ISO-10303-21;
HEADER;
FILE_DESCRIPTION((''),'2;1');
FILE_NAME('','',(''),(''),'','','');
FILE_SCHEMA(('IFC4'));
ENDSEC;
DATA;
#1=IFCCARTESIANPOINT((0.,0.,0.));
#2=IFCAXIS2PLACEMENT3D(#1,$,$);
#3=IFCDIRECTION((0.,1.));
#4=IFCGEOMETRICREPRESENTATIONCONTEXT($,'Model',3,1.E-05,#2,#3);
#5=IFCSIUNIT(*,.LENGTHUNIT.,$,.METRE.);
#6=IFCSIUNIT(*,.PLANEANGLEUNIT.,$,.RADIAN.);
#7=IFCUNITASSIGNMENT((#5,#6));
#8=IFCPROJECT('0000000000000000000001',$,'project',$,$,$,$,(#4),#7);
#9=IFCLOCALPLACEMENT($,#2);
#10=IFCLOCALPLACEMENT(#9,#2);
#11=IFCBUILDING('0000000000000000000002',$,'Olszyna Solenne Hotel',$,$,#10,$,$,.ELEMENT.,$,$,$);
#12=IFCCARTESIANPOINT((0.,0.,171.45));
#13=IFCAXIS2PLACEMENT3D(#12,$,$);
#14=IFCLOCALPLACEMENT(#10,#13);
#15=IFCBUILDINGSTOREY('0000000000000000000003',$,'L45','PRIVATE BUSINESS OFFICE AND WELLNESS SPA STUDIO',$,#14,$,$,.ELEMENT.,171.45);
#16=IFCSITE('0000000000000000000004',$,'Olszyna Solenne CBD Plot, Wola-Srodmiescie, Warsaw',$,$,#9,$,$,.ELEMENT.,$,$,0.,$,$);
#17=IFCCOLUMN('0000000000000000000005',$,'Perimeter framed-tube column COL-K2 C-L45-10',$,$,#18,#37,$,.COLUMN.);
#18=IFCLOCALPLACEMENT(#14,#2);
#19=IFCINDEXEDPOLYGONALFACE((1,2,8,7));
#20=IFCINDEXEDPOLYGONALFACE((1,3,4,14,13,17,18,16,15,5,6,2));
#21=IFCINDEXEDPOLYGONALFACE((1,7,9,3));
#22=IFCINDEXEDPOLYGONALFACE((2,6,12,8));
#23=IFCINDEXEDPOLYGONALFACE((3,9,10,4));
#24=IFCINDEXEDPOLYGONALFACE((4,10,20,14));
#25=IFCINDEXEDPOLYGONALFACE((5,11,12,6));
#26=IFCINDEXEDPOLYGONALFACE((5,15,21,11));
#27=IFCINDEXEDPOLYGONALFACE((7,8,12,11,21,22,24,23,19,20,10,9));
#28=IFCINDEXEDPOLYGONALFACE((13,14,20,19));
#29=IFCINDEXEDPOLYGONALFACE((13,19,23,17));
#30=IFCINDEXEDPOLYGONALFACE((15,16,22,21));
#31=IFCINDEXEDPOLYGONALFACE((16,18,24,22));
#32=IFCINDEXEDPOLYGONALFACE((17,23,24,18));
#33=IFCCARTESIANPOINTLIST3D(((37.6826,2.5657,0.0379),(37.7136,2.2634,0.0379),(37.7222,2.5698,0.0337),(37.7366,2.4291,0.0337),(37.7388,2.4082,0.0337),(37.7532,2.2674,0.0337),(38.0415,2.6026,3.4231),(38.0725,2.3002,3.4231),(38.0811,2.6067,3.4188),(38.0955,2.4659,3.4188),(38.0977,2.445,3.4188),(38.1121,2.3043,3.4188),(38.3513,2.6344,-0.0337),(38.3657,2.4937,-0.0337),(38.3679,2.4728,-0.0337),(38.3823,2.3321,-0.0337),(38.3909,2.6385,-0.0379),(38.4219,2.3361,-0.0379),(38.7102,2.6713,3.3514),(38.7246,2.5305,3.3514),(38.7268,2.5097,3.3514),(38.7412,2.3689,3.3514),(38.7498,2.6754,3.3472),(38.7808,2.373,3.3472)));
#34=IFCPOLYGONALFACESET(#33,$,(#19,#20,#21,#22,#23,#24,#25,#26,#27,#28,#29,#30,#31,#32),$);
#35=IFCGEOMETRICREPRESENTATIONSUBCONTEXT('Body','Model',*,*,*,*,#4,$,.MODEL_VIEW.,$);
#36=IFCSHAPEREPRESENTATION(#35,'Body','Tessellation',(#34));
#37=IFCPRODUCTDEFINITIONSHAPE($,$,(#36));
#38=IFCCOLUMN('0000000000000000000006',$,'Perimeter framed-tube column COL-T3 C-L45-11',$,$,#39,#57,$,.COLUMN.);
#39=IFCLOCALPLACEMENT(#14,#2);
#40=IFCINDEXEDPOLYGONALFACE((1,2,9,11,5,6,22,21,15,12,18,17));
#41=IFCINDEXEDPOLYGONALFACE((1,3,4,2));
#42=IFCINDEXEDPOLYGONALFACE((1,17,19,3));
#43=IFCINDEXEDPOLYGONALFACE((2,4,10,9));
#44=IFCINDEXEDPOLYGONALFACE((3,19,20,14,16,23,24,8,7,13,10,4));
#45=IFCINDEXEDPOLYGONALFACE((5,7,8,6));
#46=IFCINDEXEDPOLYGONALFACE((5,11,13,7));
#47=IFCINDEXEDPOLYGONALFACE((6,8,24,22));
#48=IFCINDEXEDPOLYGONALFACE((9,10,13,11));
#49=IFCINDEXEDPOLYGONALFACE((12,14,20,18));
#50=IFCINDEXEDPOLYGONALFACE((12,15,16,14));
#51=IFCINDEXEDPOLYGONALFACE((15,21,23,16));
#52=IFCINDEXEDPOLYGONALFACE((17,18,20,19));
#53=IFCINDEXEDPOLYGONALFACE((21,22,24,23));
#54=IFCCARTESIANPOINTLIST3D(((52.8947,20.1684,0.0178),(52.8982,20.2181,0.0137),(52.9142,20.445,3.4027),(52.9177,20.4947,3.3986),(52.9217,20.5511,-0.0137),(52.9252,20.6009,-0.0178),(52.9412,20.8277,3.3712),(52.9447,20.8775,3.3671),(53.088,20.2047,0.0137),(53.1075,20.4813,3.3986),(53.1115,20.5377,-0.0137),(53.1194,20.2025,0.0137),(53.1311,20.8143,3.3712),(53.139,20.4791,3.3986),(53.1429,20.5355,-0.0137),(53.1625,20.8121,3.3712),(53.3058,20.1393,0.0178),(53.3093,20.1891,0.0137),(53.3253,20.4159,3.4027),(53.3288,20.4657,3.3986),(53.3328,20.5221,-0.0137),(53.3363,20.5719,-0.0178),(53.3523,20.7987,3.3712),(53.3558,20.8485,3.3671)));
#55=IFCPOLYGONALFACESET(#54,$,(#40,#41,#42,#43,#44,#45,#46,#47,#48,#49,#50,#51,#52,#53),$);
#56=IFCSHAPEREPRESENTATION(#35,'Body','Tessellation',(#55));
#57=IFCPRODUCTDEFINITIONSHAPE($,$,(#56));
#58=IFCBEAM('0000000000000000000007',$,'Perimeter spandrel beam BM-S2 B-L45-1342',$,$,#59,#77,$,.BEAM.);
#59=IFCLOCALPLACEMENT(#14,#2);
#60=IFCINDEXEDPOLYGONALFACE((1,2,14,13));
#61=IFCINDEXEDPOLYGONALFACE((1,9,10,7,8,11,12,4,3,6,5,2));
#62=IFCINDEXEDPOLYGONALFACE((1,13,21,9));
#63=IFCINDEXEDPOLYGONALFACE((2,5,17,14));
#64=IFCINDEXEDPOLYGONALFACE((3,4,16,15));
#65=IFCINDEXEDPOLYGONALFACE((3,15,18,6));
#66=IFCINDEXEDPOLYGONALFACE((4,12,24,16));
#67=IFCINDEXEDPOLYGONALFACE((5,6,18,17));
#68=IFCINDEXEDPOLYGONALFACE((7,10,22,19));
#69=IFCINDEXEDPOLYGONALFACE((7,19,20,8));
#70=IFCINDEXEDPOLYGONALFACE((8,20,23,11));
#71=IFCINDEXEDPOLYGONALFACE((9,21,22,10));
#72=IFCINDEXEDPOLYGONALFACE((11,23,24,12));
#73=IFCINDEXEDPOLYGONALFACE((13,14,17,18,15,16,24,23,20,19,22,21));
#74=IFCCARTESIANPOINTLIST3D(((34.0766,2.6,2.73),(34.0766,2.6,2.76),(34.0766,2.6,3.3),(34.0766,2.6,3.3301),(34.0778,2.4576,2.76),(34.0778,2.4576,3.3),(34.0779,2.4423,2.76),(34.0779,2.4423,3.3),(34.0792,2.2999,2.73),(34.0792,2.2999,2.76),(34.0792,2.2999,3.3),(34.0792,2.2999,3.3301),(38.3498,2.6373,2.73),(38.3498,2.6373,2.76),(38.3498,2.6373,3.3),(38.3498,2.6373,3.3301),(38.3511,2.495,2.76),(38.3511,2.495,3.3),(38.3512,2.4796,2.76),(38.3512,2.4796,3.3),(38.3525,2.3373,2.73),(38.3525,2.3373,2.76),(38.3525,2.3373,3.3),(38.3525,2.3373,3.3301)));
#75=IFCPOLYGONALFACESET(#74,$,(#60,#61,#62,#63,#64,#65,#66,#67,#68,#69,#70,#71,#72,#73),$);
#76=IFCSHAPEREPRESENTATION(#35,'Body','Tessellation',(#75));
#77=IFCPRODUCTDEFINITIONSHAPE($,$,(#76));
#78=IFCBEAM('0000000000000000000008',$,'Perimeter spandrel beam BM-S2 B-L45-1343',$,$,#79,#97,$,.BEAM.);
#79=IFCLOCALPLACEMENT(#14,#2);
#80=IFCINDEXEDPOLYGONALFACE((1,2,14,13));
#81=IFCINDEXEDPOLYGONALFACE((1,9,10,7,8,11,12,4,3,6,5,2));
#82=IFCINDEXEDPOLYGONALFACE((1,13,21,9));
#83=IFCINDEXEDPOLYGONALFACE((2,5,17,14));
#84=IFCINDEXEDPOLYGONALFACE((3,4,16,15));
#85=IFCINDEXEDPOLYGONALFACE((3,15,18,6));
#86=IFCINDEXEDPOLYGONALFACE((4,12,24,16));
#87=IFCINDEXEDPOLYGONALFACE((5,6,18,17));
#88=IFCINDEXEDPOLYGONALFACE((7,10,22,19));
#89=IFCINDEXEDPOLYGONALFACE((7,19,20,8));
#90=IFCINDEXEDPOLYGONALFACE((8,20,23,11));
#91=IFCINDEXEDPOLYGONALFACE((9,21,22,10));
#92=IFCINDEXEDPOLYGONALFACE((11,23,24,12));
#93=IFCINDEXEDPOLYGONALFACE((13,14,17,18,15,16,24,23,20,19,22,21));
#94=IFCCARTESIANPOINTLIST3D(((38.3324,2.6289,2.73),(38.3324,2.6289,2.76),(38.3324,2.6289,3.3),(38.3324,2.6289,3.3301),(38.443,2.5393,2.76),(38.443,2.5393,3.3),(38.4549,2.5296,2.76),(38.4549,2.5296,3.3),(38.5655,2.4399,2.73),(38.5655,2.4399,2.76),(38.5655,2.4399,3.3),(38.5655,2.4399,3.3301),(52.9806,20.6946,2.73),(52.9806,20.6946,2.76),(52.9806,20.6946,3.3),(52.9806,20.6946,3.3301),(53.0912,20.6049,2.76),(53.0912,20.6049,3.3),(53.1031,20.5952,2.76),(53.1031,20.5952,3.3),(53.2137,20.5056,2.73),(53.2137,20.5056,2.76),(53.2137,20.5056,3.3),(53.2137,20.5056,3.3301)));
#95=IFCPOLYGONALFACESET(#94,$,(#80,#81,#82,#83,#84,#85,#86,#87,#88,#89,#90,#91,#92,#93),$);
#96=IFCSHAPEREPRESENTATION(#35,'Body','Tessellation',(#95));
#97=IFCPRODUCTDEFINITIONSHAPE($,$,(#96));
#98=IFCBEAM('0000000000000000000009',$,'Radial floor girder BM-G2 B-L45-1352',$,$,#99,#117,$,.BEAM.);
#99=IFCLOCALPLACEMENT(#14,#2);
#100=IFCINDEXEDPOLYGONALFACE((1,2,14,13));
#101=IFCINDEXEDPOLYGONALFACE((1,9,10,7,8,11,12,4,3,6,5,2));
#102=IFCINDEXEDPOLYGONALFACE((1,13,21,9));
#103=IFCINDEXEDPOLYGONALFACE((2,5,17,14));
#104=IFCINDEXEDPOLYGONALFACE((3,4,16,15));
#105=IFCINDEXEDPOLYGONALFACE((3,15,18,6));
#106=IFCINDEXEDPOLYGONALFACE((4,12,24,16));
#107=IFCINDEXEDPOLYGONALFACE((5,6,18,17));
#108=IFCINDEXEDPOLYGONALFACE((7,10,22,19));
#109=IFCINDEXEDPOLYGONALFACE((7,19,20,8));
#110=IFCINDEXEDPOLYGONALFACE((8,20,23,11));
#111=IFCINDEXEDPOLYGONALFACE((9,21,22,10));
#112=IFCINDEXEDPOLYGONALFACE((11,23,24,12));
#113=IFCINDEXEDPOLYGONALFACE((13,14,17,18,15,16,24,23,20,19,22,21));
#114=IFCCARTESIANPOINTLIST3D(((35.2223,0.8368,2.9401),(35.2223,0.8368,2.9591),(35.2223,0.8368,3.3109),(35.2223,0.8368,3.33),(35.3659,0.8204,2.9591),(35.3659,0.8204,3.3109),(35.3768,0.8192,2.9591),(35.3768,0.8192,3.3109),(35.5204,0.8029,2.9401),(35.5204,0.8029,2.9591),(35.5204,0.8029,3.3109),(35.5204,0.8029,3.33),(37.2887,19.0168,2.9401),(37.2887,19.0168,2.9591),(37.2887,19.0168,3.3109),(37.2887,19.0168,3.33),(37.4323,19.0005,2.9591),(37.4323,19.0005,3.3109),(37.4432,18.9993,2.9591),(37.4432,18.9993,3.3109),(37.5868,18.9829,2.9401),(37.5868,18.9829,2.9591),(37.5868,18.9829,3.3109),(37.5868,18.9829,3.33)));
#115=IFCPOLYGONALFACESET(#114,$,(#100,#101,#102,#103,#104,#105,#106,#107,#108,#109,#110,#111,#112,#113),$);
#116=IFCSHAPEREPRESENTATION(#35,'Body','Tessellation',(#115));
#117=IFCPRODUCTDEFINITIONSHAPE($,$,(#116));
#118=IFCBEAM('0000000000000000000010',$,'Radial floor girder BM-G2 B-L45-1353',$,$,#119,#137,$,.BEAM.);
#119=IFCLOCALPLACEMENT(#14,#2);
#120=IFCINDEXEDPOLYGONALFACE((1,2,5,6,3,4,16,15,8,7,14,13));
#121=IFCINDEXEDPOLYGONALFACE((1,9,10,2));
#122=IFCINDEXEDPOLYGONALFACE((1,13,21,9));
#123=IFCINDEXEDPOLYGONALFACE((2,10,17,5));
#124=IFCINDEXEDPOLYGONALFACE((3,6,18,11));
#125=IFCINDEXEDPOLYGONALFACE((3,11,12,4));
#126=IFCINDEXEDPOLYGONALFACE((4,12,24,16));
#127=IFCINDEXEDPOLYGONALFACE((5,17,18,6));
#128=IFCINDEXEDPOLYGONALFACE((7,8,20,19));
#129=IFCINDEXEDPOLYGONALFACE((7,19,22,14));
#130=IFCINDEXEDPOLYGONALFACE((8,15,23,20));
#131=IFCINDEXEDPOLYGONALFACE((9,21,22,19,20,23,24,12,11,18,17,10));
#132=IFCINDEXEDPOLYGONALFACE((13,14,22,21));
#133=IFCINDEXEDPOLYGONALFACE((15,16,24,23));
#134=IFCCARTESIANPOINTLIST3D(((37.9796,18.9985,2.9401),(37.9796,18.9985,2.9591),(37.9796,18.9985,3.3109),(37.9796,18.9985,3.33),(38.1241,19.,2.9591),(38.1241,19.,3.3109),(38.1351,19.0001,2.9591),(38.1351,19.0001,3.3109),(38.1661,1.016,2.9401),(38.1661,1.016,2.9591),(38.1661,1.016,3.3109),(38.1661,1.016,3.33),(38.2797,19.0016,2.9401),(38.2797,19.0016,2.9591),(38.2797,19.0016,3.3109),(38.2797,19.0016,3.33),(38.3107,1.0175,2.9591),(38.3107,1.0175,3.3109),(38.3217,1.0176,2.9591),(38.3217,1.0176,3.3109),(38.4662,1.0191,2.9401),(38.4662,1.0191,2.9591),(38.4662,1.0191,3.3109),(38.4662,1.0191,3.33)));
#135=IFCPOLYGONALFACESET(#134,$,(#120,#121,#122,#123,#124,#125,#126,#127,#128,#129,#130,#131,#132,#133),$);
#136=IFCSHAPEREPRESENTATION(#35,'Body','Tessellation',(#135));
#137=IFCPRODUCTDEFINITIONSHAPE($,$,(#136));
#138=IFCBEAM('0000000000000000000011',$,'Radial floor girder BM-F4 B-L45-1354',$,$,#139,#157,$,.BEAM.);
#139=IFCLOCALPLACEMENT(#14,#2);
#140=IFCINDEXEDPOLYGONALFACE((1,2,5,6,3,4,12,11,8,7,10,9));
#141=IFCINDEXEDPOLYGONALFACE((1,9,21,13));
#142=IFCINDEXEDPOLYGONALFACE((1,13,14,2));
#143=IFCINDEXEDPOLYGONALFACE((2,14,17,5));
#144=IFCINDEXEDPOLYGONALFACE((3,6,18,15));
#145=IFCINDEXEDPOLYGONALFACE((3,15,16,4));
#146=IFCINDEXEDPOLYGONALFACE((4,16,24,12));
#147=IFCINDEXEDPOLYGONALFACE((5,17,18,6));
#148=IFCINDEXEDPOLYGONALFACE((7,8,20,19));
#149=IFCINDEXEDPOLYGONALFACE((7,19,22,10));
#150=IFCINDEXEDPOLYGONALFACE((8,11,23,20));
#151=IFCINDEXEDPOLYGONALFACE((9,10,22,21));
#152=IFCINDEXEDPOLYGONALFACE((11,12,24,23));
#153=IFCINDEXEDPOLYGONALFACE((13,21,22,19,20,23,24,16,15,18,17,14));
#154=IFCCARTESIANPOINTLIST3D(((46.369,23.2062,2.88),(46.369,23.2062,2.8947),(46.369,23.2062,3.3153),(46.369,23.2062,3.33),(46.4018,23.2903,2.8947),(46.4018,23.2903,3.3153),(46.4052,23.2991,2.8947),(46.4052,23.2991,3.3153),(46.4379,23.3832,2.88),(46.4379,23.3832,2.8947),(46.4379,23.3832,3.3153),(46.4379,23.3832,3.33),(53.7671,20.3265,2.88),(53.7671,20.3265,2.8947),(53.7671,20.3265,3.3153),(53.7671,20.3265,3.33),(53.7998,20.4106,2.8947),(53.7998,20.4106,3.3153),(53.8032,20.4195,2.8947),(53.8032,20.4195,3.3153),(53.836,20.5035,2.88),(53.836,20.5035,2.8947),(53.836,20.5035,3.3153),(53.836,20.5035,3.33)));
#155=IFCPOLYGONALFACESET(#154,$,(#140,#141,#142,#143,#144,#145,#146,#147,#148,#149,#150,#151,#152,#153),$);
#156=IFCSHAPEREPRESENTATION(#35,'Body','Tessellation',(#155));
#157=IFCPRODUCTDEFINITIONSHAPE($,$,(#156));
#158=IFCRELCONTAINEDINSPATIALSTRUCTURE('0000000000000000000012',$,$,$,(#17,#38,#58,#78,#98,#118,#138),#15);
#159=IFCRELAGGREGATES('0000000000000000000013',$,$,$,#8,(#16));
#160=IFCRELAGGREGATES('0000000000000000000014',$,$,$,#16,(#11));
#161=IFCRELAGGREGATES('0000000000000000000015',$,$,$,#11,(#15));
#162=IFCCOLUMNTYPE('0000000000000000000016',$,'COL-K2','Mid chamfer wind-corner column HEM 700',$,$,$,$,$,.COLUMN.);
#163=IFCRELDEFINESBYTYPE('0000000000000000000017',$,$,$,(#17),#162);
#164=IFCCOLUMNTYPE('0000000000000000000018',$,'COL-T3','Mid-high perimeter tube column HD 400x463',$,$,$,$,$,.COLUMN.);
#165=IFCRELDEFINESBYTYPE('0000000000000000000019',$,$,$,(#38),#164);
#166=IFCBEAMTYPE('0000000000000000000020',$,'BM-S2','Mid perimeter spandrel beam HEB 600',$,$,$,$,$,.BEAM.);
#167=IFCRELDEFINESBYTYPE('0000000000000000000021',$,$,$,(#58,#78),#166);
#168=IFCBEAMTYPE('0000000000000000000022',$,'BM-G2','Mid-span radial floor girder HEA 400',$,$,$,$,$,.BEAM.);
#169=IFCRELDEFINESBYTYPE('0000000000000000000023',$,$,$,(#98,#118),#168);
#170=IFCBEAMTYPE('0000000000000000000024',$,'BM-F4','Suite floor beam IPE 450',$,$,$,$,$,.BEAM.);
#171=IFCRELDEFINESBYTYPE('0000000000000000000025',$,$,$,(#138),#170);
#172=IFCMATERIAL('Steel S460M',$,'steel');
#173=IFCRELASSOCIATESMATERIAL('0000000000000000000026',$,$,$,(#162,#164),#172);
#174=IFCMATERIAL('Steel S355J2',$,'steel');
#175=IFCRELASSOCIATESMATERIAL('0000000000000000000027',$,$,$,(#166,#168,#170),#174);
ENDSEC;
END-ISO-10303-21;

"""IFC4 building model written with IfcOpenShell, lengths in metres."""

from ifc_helpers import new_model, si_unit, direction, frame, origin, origin_2d, place, context, subcontext, project, spatial, i_section, extrude, source, transform, mapped, material, material_profile, profile_set, type_object, element, save


model = new_model("IFC4")

# Units and contexts
model_context = context("Model", 3, precision=1e-05, world=origin(), true_north=direction((0.0, 1.0)))
body_context = subcontext(model_context, "Body", "Model", "MODEL_VIEW")
ifc_project = project(units=[si_unit("LENGTHUNIT", "METRE"), si_unit("PLANEANGLEUNIT", "RADIAN")], contexts=[model_context])

# Site, building, storey
site_placement = place(None, origin())
site = spatial("IfcSite", under=ifc_project, at=site_placement, Name="Olszyna Solenne CBD Plot, Wola-Srodmiescie, Warsaw", CompositionType="ELEMENT", RefElevation=0.0)
building_placement = place(site_placement, origin())
building = spatial("IfcBuilding", under=site, at=building_placement, Name="Olszyna Solenne Hotel", CompositionType="ELEMENT")
storey_placement = place(building_placement, frame((0.0, 0.0, 171.45)))
storey = spatial("IfcBuildingStorey", under=building, at=storey_placement, Name="L45", Description="PRIVATE BUSINESS OFFICE AND WELLNESS SPA STUDIO", CompositionType="ELEMENT", Elevation=171.45)

# Columns
ifc_material_1 = material(Name="Steel S460M", Category="steel")
ifc_material_profile_1 = material_profile(ifc_material_1, i_section(OverallWidth=0.304, OverallDepth=0.7161, WebThickness=0.021, FlangeThickness=0.04, at=origin_2d()), Name="HEM 700", Category="load-bearing")
ifc_profile_set_1 = profile_set([ifc_material_profile_1], Name="Steel S460M")
column_type_1 = type_object("IfcColumnType", Name="COL-K2", Description="Mid chamfer wind-corner column HEM 700", PredefinedType="COLUMN", material=ifc_profile_set_1)
shared_shape_1 = source(origin(), body_context, "Body", "SweptSolid", [
    extrude(i_section(OverallWidth=0.304, OverallDepth=0.7161, WebThickness=0.021, FlangeThickness=0.04, at=origin_2d()), origin(), (0.0, 0.0, 1.0), 3.4043),
])
column_1_placement = place(storey_placement, frame((38.0522, 2.4509, 0.0), z_axis=(0.105425, 0.010829, 0.994368), x_axis=(-0.102183, 0.994766, 0.0)))
element("IfcColumn", 1, at=column_1_placement, inside=storey, type_object=column_type_1, Name="Perimeter framed-tube column COL-K2 C-L45-10", PredefinedType="COLUMN", context=body_context, shape_type="MappedRepresentation", body=[
    mapped(shared_shape_1, transform((0.0, 0.0, 0.0), x_axis=(1.0, 0.0, 0.0), y_axis=(0.0, 1.0, 0.0), z_axis=(0.0, 0.0, 1.0), scale=1.0)),
])
ifc_material_profile_2 = material_profile(ifc_material_1, i_section(OverallWidth=0.4121, OverallDepth=0.4351, WebThickness=0.0315, FlangeThickness=0.05, at=origin_2d()), Name="HD 400x463", Category="load-bearing")
ifc_profile_set_2 = profile_set([ifc_material_profile_2], Name="Steel S460M")
column_type_2 = type_object("IfcColumnType", Name="COL-T3", Description="Mid-high perimeter tube column HD 400x463", PredefinedType="COLUMN", material=ifc_profile_set_2)
shared_shape_2 = source(origin(), body_context, "Body", "SweptSolid", [
    extrude(i_section(OverallWidth=0.4121, OverallDepth=0.4351, WebThickness=0.0315, FlangeThickness=0.05, at=origin_2d()), origin(), (0.0, 0.0, 1.0), 3.3962),
])
column_2_placement = place(storey_placement, frame((53.1155, 20.3701, 0.0), z_axis=(0.005751, 0.081444, 0.996661), x_axis=(-0.997516, 0.070434, 0.0)))
element("IfcColumn", 2, at=column_2_placement, inside=storey, type_object=column_type_2, Name="Perimeter framed-tube column COL-T3 C-L45-11", PredefinedType="COLUMN", context=body_context, shape_type="MappedRepresentation", body=[
    mapped(shared_shape_2, transform((0.0, 0.0, 0.0), x_axis=(1.0, 0.0, 0.0), y_axis=(0.0, 1.0, 0.0), z_axis=(0.0, 0.0, 1.0), scale=1.0)),
])

# Beams
ifc_material_2 = material(Name="Steel S355J2", Category="steel")
ifc_material_profile_3 = material_profile(ifc_material_2, i_section(OverallWidth=0.3, OverallDepth=0.6001, WebThickness=0.0154, FlangeThickness=0.03, at=origin_2d()), Name="HEB 600", Category="load-bearing")
ifc_profile_set_3 = profile_set([ifc_material_profile_3], Name="Steel S355J2")
beam_type_1 = type_object("IfcBeamType", Name="BM-S2", Description="Mid perimeter spandrel beam HEB 600", PredefinedType="BEAM", material=ifc_profile_set_3)
shared_shape_3 = source(origin(), body_context, "Body", "SweptSolid", [
    extrude(i_section(OverallWidth=0.3, OverallDepth=0.6001, WebThickness=0.0154, FlangeThickness=0.03, at=origin_2d()), origin(), (0.0, 0.0, 1.0), 4.2734),
])
beam_1_placement = place(storey_placement, frame((34.0779, 2.45, 3.03), z_axis=(0.999962, 0.008741, 0.0), x_axis=(-0.008741, 0.999962, 0.0)))
element("IfcBeam", 3, at=beam_1_placement, inside=storey, type_object=beam_type_1, Name="Perimeter spandrel beam BM-S2 B-L45-1342", PredefinedType="BEAM", context=body_context, shape_type="MappedRepresentation", body=[
    mapped(shared_shape_3, transform((0.0, 0.0, 0.0), x_axis=(1.0, 0.0, 0.0), y_axis=(0.0, 1.0, 0.0), z_axis=(0.0, 0.0, 1.0), scale=1.0)),
])
shared_shape_4 = source(origin(), body_context, "Body", "SweptSolid", [
    extrude(i_section(OverallWidth=0.3, OverallDepth=0.6001, WebThickness=0.0154, FlangeThickness=0.03, at=origin_2d()), origin(), (0.0, 0.0, 1.0), 23.2581),
])
beam_2_placement = place(storey_placement, frame((38.449, 2.5344, 3.03), z_axis=(0.629811, 0.776748, 0.0), x_axis=(-0.776748, 0.629811, 0.0)))
element("IfcBeam", 4, at=beam_2_placement, inside=storey, type_object=beam_type_1, Name="Perimeter spandrel beam BM-S2 B-L45-1343", PredefinedType="BEAM", context=body_context, shape_type="MappedRepresentation", body=[
    mapped(shared_shape_4, transform((0.0, 0.0, 0.0), x_axis=(1.0, 0.0, 0.0), y_axis=(0.0, 1.0, 0.0), z_axis=(0.0, 0.0, 1.0), scale=1.0)),
])
ifc_material_profile_4 = material_profile(ifc_material_2, i_section(OverallWidth=0.3, OverallDepth=0.3899, WebThickness=0.011, FlangeThickness=0.019, at=origin_2d()), Name="HEA 400", Category="load-bearing")
ifc_profile_set_4 = profile_set([ifc_material_profile_4], Name="Steel S355J2")
beam_type_2 = type_object("IfcBeamType", Name="BM-G2", Description="Mid-span radial floor girder HEA 400", PredefinedType="BEAM", material=ifc_profile_set_4)
shared_shape_5 = source(origin(), body_context, "Body", "SweptSolid", [
    extrude(i_section(OverallWidth=0.3, OverallDepth=0.3899, WebThickness=0.011, FlangeThickness=0.019, at=origin_2d()), origin(), (0.0, 0.0, 1.0), 18.2971),
])
beam_3_placement = place(storey_placement, frame((35.3713, 0.8198, 3.135), z_axis=(0.112935, 0.993602, 0.0), x_axis=(-0.993602, 0.112935, 0.0)))
element("IfcBeam", 5, at=beam_3_placement, inside=storey, type_object=beam_type_2, Name="Radial floor girder BM-G2 B-L45-1352", PredefinedType="BEAM", context=body_context, shape_type="MappedRepresentation", body=[
    mapped(shared_shape_5, transform((0.0, 0.0, 0.0), x_axis=(1.0, 0.0, 0.0), y_axis=(0.0, 1.0, 0.0), z_axis=(0.0, 0.0, 1.0), scale=1.0)),
])
shared_shape_6 = source(origin(), body_context, "Body", "SweptSolid", [
    extrude(i_section(OverallWidth=0.3, OverallDepth=0.3899, WebThickness=0.011, FlangeThickness=0.019, at=origin_2d()), origin(), (0.0, 0.0, 1.0), 17.9834),
])
beam_4_placement = place(storey_placement, frame((38.3162, 1.0176, 3.135), z_axis=(-0.010372, 0.999946, 0.0), x_axis=(-0.999946, -0.010372, 0.0)))
element("IfcBeam", 6, at=beam_4_placement, inside=storey, type_object=beam_type_2, Name="Radial floor girder BM-G2 B-L45-1353", PredefinedType="BEAM", context=body_context, shape_type="MappedRepresentation", body=[
    mapped(shared_shape_6, transform((0.0, 0.0, 0.0), x_axis=(1.0, 0.0, 0.0), y_axis=(0.0, 1.0, 0.0), z_axis=(0.0, 0.0, 1.0), scale=1.0)),
])
ifc_material_profile_5 = material_profile(ifc_material_2, i_section(OverallWidth=0.1899, OverallDepth=0.45, WebThickness=0.0095, FlangeThickness=0.0146, at=origin_2d()), Name="IPE 450", Category="load-bearing")
ifc_profile_set_5 = profile_set([ifc_material_profile_5], Name="Steel S355J2")
beam_type_3 = type_object("IfcBeamType", Name="BM-F4", Description="Suite floor beam IPE 450", PredefinedType="BEAM", material=ifc_profile_set_5)
shared_shape_7 = source(origin(), body_context, "Body", "SweptSolid", [
    extrude(i_section(OverallWidth=0.1899, OverallDepth=0.45, WebThickness=0.0095, FlangeThickness=0.0146, at=origin_2d()), origin(), (0.0, 0.0, 1.0), 7.9387),
])
beam_5_placement = place(storey_placement, frame((53.8015, 20.415, 3.105), z_axis=(-0.931892, 0.362737, 0.0), x_axis=(-0.362737, -0.931892, 0.0)))
element("IfcBeam", 7, at=beam_5_placement, inside=storey, type_object=beam_type_3, Name="Radial floor girder BM-F4 B-L45-1354", PredefinedType="BEAM", context=body_context, shape_type="MappedRepresentation", body=[
    mapped(shared_shape_7, transform((0.0, 0.0, 0.0), x_axis=(1.0, 0.0, 0.0), y_axis=(0.0, 1.0, 0.0), z_axis=(0.0, 0.0, 1.0), scale=1.0)),
])

save(model, "model.ifc")
